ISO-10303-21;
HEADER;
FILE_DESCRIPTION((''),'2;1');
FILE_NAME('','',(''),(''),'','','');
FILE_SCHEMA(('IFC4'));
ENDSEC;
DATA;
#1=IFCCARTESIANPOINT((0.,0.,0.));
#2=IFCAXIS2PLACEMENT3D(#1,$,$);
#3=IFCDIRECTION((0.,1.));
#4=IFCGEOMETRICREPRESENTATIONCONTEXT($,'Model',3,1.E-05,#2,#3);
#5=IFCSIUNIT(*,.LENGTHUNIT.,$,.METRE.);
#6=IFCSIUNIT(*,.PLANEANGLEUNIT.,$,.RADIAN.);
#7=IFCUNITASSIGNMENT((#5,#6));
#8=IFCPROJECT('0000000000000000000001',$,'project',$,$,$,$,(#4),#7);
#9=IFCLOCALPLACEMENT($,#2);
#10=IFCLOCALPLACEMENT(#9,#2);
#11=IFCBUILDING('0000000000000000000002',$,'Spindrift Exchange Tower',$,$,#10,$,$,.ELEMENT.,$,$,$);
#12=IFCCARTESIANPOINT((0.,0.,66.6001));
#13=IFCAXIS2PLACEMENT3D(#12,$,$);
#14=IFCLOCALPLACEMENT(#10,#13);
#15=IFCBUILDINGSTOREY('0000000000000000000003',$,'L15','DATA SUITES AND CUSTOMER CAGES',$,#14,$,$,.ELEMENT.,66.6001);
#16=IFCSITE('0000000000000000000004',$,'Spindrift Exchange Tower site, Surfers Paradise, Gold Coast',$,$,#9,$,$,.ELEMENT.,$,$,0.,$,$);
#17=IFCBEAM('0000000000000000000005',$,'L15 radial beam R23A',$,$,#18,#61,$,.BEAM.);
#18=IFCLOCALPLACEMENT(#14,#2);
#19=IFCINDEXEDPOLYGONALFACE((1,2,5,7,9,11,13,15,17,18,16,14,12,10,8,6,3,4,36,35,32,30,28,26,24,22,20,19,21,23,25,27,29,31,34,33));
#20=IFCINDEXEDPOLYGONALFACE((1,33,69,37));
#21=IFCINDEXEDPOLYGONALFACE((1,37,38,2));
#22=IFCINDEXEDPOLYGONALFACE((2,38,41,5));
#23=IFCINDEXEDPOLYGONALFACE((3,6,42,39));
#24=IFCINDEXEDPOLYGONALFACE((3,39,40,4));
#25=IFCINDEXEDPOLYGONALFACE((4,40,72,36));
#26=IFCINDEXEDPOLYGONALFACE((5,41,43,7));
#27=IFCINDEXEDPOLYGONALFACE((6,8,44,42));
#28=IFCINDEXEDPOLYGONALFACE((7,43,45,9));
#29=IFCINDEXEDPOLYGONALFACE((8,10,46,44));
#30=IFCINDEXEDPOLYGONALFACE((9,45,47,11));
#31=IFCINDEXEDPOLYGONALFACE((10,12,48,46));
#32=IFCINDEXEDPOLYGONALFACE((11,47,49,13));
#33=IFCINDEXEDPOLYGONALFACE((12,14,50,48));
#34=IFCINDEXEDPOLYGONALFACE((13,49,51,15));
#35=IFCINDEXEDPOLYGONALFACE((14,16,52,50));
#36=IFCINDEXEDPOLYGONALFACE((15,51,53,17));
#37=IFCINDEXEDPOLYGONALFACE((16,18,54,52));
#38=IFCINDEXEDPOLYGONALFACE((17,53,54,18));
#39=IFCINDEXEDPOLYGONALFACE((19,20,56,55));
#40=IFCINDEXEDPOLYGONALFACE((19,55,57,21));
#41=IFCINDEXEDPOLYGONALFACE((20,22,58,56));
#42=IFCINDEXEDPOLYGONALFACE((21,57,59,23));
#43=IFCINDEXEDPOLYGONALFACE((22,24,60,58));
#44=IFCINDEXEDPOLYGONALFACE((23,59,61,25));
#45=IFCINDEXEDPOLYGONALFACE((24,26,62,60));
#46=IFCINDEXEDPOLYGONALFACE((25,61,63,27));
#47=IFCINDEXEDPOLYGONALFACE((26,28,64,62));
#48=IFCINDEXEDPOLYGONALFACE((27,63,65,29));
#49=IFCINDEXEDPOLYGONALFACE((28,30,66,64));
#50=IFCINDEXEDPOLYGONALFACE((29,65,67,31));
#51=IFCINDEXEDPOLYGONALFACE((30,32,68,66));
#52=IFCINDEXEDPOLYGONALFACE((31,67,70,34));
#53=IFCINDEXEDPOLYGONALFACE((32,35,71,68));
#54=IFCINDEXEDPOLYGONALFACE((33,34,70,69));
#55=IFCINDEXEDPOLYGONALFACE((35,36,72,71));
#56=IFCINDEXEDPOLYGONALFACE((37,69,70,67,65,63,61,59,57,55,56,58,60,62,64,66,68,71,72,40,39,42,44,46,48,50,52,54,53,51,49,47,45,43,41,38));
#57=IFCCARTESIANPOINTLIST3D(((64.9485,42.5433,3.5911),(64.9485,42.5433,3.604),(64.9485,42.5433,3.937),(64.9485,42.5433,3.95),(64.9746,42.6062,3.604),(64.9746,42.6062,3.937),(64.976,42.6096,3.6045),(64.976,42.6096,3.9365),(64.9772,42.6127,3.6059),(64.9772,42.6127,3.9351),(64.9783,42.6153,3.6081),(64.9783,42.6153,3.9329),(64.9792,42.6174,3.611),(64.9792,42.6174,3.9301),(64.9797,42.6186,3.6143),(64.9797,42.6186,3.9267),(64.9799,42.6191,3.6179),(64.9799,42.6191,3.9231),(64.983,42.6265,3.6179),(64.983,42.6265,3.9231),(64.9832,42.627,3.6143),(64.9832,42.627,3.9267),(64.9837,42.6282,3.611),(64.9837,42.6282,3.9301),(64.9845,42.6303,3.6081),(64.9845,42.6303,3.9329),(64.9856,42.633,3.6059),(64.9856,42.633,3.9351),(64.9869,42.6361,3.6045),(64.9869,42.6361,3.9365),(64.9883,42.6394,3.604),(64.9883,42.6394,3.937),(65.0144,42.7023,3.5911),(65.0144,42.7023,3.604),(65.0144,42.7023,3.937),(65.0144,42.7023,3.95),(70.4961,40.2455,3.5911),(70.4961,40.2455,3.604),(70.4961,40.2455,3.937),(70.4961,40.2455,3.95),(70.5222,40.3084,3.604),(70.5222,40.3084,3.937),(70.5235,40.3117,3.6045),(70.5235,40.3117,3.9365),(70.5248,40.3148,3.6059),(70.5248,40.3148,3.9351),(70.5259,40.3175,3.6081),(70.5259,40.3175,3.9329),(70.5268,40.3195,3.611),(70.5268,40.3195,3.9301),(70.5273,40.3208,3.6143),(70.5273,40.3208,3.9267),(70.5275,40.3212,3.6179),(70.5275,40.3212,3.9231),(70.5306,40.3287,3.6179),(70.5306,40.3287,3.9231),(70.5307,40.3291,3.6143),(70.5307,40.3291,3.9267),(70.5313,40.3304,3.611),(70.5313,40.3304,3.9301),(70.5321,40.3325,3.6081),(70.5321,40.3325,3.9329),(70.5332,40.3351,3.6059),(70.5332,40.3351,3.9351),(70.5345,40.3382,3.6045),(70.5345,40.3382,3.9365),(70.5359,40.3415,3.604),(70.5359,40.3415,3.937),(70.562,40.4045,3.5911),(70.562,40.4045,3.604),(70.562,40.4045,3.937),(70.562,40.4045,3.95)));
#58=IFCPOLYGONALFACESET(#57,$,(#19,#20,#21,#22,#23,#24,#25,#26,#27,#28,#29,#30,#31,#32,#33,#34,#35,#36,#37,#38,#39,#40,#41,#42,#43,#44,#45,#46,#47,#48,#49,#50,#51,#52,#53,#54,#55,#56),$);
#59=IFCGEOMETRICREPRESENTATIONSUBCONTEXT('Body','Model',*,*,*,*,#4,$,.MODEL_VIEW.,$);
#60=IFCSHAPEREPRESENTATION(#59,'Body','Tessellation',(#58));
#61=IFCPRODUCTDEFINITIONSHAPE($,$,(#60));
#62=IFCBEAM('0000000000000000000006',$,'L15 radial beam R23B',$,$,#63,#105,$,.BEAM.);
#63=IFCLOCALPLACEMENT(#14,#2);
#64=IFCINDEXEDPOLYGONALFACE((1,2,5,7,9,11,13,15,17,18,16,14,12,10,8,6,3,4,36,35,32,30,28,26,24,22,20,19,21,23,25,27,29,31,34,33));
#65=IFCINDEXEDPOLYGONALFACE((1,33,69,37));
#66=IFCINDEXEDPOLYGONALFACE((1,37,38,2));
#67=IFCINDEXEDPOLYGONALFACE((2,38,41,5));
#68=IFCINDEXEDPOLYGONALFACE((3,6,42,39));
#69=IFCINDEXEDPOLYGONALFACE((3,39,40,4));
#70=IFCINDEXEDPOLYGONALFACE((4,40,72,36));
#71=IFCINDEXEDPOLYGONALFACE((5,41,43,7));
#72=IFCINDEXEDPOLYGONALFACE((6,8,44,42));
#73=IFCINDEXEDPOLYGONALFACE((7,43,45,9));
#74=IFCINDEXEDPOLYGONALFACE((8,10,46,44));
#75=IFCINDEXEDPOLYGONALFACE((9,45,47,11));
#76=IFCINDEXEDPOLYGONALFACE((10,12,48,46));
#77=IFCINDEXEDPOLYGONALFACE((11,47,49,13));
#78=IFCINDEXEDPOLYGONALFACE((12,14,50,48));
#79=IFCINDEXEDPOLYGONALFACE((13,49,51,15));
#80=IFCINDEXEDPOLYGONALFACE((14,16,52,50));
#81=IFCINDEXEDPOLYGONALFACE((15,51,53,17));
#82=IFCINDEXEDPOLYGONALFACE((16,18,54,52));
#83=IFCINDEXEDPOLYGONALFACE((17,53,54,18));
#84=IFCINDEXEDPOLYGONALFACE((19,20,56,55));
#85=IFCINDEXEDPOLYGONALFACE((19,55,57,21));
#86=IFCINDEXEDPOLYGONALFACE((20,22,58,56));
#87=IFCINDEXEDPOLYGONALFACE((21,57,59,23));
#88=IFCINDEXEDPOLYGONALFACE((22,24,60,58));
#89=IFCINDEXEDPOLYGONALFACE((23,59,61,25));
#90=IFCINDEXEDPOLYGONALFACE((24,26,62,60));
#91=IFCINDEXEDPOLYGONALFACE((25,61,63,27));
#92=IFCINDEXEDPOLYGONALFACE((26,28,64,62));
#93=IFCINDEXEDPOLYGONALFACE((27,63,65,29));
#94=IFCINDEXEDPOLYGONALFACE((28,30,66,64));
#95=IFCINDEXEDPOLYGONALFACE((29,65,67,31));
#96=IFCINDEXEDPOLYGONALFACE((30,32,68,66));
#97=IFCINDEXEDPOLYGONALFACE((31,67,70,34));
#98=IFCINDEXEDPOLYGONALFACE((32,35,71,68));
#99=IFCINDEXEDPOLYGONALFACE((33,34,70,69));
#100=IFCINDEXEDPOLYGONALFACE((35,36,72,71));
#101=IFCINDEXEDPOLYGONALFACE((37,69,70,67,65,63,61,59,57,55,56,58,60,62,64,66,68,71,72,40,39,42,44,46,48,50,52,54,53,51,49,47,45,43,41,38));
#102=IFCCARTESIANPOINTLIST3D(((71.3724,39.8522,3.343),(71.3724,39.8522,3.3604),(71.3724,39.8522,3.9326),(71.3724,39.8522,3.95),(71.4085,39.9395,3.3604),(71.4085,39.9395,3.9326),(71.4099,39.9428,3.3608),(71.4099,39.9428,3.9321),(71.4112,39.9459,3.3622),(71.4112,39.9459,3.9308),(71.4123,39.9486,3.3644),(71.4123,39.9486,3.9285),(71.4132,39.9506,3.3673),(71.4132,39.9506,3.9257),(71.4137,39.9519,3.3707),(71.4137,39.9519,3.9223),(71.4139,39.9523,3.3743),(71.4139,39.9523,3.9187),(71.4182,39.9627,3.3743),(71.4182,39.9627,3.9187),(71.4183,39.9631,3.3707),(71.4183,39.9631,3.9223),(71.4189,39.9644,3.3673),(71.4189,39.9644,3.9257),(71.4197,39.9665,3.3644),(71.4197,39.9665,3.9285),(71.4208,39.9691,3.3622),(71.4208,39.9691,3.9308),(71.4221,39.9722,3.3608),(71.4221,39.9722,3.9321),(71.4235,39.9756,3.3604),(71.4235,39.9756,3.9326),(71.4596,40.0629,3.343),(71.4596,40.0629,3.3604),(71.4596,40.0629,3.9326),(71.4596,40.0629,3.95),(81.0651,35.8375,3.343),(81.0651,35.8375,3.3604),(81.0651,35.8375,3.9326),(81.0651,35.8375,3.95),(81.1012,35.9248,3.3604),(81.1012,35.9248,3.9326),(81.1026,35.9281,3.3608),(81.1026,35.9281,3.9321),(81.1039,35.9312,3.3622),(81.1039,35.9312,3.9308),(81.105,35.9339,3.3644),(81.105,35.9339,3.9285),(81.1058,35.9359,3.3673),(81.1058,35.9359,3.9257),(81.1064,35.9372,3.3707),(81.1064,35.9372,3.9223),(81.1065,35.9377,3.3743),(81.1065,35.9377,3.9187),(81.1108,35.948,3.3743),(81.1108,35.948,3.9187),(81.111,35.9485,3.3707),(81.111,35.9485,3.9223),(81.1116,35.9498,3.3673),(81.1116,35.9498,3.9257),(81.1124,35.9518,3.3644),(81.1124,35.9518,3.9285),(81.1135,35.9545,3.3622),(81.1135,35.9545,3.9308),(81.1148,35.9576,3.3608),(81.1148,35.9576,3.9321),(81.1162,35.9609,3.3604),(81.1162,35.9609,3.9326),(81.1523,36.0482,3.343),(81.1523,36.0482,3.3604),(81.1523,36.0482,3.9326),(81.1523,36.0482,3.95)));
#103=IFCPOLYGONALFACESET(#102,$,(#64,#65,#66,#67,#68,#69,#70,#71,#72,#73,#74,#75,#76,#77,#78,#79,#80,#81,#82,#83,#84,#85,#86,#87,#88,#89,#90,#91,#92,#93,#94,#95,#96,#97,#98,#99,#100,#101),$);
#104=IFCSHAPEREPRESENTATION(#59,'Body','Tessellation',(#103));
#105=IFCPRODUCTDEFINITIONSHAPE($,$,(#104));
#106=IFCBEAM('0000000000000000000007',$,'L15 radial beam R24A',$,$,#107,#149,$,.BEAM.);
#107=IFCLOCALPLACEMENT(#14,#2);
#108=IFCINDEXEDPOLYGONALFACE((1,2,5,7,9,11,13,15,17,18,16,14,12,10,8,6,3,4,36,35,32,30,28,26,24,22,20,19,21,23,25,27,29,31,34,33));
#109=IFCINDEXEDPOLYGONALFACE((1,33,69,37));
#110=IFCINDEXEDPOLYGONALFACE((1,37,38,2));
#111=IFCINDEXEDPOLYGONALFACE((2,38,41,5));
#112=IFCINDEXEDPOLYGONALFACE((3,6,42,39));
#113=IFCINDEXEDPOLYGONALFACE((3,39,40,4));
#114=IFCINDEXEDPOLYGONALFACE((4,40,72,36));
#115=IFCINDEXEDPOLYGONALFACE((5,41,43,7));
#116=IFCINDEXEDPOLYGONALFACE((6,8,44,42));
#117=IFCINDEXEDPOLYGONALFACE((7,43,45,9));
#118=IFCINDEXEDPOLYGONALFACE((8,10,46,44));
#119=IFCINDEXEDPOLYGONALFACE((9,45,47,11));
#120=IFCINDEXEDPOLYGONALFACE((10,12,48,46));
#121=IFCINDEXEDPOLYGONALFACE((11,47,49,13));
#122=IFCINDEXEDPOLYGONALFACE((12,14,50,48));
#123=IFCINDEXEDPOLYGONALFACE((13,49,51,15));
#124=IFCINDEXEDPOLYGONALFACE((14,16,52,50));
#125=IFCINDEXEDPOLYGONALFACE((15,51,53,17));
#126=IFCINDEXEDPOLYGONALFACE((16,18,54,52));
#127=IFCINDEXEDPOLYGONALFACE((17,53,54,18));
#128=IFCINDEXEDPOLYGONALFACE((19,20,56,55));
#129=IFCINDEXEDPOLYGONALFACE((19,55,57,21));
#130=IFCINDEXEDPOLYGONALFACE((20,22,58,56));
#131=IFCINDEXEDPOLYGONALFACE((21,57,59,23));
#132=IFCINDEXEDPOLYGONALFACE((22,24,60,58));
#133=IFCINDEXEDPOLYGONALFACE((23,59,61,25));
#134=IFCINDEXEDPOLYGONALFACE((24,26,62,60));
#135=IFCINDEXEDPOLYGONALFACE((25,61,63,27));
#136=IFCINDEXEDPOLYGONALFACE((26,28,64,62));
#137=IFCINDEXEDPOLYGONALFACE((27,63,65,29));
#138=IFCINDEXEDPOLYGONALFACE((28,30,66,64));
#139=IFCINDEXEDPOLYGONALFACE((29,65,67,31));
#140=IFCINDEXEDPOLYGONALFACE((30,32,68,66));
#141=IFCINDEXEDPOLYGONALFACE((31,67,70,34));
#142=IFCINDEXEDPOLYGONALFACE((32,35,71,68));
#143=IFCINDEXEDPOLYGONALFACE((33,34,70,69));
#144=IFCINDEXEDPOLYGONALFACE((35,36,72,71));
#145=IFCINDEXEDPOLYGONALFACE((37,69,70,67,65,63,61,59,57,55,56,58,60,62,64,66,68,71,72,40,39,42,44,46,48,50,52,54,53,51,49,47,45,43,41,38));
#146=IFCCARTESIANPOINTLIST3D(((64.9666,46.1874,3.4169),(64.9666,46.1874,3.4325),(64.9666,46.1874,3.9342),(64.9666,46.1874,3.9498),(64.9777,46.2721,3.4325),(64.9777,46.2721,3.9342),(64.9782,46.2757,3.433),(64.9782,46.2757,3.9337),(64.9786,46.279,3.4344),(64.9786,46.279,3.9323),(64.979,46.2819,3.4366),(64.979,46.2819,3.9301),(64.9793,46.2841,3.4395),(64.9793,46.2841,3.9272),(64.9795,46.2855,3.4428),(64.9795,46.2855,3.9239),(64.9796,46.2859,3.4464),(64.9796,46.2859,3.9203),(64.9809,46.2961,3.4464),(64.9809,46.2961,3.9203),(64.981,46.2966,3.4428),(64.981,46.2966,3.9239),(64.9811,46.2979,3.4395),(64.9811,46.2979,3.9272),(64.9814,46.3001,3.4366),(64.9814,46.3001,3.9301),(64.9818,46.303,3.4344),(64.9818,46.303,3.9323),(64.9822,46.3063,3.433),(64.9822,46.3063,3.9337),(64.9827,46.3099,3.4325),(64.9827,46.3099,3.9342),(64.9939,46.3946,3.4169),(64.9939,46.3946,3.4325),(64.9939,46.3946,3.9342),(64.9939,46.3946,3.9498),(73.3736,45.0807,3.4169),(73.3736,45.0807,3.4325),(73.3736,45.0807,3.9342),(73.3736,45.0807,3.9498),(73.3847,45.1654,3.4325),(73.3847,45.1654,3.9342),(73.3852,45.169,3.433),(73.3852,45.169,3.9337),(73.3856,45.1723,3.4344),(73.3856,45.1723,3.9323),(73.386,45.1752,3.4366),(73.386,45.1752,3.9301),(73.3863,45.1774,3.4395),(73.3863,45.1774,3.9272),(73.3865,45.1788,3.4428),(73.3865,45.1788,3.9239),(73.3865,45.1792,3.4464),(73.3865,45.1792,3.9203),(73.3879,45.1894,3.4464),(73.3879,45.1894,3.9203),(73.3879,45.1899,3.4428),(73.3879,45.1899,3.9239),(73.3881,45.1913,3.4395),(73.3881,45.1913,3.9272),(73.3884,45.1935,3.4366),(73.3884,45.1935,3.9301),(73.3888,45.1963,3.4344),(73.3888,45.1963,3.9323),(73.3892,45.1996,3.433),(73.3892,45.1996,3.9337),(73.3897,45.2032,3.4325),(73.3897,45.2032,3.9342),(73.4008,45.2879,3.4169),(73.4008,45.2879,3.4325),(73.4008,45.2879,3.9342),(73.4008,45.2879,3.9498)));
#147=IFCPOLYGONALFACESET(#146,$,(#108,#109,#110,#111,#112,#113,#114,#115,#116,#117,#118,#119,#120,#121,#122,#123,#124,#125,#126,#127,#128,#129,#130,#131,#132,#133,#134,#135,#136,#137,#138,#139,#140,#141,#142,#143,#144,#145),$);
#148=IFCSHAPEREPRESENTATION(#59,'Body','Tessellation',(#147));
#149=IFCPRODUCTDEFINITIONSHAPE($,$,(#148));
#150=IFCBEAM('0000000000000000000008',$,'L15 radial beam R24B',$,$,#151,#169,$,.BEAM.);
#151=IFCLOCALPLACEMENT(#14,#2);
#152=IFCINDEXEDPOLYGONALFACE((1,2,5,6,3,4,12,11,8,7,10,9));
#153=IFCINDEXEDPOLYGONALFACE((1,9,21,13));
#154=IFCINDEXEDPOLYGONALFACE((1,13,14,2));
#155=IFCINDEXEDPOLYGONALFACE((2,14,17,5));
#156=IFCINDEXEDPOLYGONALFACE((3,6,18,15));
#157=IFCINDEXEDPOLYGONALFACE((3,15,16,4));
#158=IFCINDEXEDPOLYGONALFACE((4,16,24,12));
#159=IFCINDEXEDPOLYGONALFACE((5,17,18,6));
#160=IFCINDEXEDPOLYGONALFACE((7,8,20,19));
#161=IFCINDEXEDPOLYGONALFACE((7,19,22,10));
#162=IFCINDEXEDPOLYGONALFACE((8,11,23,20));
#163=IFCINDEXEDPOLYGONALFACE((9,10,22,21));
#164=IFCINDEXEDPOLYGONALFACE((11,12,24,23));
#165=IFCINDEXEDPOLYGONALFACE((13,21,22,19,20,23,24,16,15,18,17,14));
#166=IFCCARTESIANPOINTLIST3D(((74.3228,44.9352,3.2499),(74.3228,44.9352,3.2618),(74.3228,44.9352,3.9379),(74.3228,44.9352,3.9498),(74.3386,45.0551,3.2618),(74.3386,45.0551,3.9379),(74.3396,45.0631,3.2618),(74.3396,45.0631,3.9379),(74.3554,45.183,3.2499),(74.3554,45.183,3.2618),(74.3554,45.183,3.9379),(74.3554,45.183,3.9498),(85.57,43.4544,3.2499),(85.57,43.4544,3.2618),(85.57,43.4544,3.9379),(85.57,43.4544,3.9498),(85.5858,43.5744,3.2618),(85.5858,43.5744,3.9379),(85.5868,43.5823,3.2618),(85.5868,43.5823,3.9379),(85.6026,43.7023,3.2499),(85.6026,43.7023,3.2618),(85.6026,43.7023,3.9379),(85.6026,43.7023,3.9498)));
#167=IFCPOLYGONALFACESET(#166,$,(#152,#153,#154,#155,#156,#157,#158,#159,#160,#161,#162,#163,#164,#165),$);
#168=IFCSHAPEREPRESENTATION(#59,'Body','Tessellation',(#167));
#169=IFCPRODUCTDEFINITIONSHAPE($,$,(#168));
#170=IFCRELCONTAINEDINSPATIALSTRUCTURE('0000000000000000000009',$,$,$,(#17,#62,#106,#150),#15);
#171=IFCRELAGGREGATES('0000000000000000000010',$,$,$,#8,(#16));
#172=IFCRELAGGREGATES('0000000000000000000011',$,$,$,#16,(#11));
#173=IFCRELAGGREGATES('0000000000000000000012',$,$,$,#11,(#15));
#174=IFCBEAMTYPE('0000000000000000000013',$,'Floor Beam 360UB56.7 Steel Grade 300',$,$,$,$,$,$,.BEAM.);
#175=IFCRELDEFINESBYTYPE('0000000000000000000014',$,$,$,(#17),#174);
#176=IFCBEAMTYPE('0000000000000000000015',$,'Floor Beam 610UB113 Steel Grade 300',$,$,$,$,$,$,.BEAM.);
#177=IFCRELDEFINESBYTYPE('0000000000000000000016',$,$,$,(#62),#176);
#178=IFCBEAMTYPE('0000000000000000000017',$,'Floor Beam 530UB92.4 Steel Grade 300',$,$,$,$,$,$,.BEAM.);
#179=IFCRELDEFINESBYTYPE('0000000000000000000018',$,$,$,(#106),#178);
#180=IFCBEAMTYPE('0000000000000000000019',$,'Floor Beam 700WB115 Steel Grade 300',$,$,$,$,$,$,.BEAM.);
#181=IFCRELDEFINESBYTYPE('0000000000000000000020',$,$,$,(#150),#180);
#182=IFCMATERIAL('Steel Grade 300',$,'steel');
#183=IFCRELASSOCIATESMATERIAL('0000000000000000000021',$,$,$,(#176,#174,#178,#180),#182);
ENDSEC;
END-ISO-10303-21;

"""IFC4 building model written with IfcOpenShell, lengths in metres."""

from ifc_helpers import new_model, si_unit, direction, frame, origin, origin_2d, place, context, subcontext, project, spatial, i_section, extrude, source, transform, mapped, material, material_profile, profile_set, type_object, element, save


model = new_model("IFC4")

# Units and contexts
model_context = context("Model", 3, precision=1e-05, world=origin(), true_north=direction((0.0, 1.0)))
body_context = subcontext(model_context, "Body", "Model", "MODEL_VIEW")
ifc_project = project(units=[si_unit("LENGTHUNIT", "METRE"), si_unit("PLANEANGLEUNIT", "RADIAN")], contexts=[model_context])

# Site, building, storey
site_placement = place(None, origin())
site = spatial("IfcSite", under=ifc_project, at=site_placement, Name="Spindrift Exchange Tower site, Surfers Paradise, Gold Coast", CompositionType="ELEMENT", RefElevation=0.0)
building_placement = place(site_placement, origin())
building = spatial("IfcBuilding", under=site, at=building_placement, Name="Spindrift Exchange Tower", CompositionType="ELEMENT")
storey_placement = place(building_placement, frame((0.0, 0.0, 66.6001)))
storey = spatial("IfcBuildingStorey", under=building, at=storey_placement, Name="L15", Description="DATA SUITES AND CUSTOMER CAGES", CompositionType="ELEMENT", Elevation=66.6001)

# Beams
ifc_material_1 = material(Name="Steel Grade 300", Category="steel")
ifc_material_profile_1 = material_profile(ifc_material_1, i_section(OverallWidth=0.228, OverallDepth=0.6069, WebThickness=0.0112, FlangeThickness=0.0173, FilletRadius=0.0139, at=origin_2d()), Name="610UB113")
ifc_profile_set_1 = profile_set([ifc_material_profile_1], Name="Steel Grade 300")
beam_type_1 = type_object("IfcBeamType", Name="Floor Beam 610UB113 Steel Grade 300", PredefinedType="BEAM", material=ifc_profile_set_1)
ifc_material_profile_2 = material_profile(ifc_material_1, i_section(OverallWidth=0.1721, OverallDepth=0.3589, WebThickness=0.0081, FlangeThickness=0.0129, FilletRadius=0.0139, at=origin_2d()), Name="360UB56.7")
ifc_profile_set_2 = profile_set([ifc_material_profile_2], Name="Steel Grade 300")
beam_type_2 = type_object("IfcBeamType", Name="Floor Beam 360UB56.7 Steel Grade 300", PredefinedType="BEAM", material=ifc_profile_set_2)
shared_shape_1 = source(origin(), body_context, "Body", "SweptSolid", [
    extrude(i_section(OverallWidth=0.1721, OverallDepth=0.3589, WebThickness=0.0081, FlangeThickness=0.0129, FilletRadius=0.0139, at=origin_2d()), origin(), (0.0, 0.0, 1.0), 6.0046),
])
beam_1_placement = place(storey_placement, frame((64.9814, 42.6228, 3.7705), z_axis=(0.923882, -0.382677, 0.0), x_axis=(0.382677, 0.923882, 0.0)))
element("IfcBeam", 1, at=beam_1_placement, inside=storey, type_object=beam_type_2, Name="L15 radial beam R23A", PredefinedType="BEAM", context=body_context, shape_type="MappedRepresentation", body=[
    mapped(shared_shape_1, transform((0.0, 0.0, 0.0), scale=1.0)),
])
shared_shape_2 = source(origin(), body_context, "Body", "SweptSolid", [
    extrude(i_section(OverallWidth=0.228, OverallDepth=0.6069, WebThickness=0.0112, FlangeThickness=0.0173, FilletRadius=0.0139, at=origin_2d()), origin(), (0.0, 0.0, 1.0), 10.4912),
])
beam_2_placement = place(storey_placement, frame((71.416, 39.9575, 3.6465), z_axis=(0.923885, -0.38267, 0.0), x_axis=(0.38267, 0.923885, 0.0)))
element("IfcBeam", 2, at=beam_2_placement, inside=storey, type_object=beam_type_1, Name="L15 radial beam R23B", PredefinedType="BEAM", context=body_context, shape_type="MappedRepresentation", body=[
    mapped(shared_shape_2, transform((0.0, 0.0, 0.0), scale=1.0)),
])
ifc_material_profile_3 = material_profile(ifc_material_1, i_section(OverallWidth=0.209, OverallDepth=0.533, WebThickness=0.0103, FlangeThickness=0.0156, FilletRadius=0.0139, at=origin_2d()), Name="530UB92.4")
ifc_profile_set_3 = profile_set([ifc_material_profile_3], Name="Steel Grade 300")
beam_type_3 = type_object("IfcBeamType", Name="Floor Beam 530UB92.4 Steel Grade 300", PredefinedType="BEAM", material=ifc_profile_set_3)
shared_shape_3 = source(origin(), body_context, "Body", "SweptSolid", [
    extrude(i_section(OverallWidth=0.209, OverallDepth=0.533, WebThickness=0.0103, FlangeThickness=0.0156, FilletRadius=0.0139, at=origin_2d()), origin(), (0.0, 0.0, 1.0), 8.4795),
])
beam_3_placement = place(storey_placement, frame((64.9802, 46.291, 3.6833), z_axis=(0.991447, -0.130513, 0.0), x_axis=(0.130513, 0.991447, 0.0)))
element("IfcBeam", 3, at=beam_3_placement, inside=storey, type_object=beam_type_3, Name="L15 radial beam R24A", PredefinedType="BEAM", context=body_context, shape_type="MappedRepresentation", body=[
    mapped(shared_shape_3, transform((0.0, 0.0, 0.0), scale=1.0)),
])
ifc_material_profile_4 = material_profile(ifc_material_1, i_section(OverallWidth=0.25, OverallDepth=0.7, WebThickness=0.0081, FlangeThickness=0.012, at=origin_2d()), Name="700WB115")
ifc_profile_set_4 = profile_set([ifc_material_profile_4], Name="Steel Grade 300")
beam_type_4 = type_object("IfcBeamType", Name="Floor Beam 700WB115 Steel Grade 300", PredefinedType="BEAM", material=ifc_profile_set_4)
shared_shape_4 = source(origin(), body_context, "Body", "SweptSolid", [
    extrude(i_section(OverallWidth=0.25, OverallDepth=0.7, WebThickness=0.0081, FlangeThickness=0.012, at=origin_2d()), origin(), (0.0, 0.0, 1.0), 11.3442),
])
beam_4_placement = place(storey_placement, frame((74.3391, 45.0591, 3.5999), z_axis=(0.991445, -0.130527, 0.0), x_axis=(0.130527, 0.991445, 0.0)))
element("IfcBeam", 4, at=beam_4_placement, inside=storey, type_object=beam_type_4, Name="L15 radial beam R24B", PredefinedType="BEAM", context=body_context, shape_type="MappedRepresentation", body=[
    mapped(shared_shape_4, transform((0.0, 0.0, 0.0), scale=1.0)),
])

save(model, "model.ifc")
